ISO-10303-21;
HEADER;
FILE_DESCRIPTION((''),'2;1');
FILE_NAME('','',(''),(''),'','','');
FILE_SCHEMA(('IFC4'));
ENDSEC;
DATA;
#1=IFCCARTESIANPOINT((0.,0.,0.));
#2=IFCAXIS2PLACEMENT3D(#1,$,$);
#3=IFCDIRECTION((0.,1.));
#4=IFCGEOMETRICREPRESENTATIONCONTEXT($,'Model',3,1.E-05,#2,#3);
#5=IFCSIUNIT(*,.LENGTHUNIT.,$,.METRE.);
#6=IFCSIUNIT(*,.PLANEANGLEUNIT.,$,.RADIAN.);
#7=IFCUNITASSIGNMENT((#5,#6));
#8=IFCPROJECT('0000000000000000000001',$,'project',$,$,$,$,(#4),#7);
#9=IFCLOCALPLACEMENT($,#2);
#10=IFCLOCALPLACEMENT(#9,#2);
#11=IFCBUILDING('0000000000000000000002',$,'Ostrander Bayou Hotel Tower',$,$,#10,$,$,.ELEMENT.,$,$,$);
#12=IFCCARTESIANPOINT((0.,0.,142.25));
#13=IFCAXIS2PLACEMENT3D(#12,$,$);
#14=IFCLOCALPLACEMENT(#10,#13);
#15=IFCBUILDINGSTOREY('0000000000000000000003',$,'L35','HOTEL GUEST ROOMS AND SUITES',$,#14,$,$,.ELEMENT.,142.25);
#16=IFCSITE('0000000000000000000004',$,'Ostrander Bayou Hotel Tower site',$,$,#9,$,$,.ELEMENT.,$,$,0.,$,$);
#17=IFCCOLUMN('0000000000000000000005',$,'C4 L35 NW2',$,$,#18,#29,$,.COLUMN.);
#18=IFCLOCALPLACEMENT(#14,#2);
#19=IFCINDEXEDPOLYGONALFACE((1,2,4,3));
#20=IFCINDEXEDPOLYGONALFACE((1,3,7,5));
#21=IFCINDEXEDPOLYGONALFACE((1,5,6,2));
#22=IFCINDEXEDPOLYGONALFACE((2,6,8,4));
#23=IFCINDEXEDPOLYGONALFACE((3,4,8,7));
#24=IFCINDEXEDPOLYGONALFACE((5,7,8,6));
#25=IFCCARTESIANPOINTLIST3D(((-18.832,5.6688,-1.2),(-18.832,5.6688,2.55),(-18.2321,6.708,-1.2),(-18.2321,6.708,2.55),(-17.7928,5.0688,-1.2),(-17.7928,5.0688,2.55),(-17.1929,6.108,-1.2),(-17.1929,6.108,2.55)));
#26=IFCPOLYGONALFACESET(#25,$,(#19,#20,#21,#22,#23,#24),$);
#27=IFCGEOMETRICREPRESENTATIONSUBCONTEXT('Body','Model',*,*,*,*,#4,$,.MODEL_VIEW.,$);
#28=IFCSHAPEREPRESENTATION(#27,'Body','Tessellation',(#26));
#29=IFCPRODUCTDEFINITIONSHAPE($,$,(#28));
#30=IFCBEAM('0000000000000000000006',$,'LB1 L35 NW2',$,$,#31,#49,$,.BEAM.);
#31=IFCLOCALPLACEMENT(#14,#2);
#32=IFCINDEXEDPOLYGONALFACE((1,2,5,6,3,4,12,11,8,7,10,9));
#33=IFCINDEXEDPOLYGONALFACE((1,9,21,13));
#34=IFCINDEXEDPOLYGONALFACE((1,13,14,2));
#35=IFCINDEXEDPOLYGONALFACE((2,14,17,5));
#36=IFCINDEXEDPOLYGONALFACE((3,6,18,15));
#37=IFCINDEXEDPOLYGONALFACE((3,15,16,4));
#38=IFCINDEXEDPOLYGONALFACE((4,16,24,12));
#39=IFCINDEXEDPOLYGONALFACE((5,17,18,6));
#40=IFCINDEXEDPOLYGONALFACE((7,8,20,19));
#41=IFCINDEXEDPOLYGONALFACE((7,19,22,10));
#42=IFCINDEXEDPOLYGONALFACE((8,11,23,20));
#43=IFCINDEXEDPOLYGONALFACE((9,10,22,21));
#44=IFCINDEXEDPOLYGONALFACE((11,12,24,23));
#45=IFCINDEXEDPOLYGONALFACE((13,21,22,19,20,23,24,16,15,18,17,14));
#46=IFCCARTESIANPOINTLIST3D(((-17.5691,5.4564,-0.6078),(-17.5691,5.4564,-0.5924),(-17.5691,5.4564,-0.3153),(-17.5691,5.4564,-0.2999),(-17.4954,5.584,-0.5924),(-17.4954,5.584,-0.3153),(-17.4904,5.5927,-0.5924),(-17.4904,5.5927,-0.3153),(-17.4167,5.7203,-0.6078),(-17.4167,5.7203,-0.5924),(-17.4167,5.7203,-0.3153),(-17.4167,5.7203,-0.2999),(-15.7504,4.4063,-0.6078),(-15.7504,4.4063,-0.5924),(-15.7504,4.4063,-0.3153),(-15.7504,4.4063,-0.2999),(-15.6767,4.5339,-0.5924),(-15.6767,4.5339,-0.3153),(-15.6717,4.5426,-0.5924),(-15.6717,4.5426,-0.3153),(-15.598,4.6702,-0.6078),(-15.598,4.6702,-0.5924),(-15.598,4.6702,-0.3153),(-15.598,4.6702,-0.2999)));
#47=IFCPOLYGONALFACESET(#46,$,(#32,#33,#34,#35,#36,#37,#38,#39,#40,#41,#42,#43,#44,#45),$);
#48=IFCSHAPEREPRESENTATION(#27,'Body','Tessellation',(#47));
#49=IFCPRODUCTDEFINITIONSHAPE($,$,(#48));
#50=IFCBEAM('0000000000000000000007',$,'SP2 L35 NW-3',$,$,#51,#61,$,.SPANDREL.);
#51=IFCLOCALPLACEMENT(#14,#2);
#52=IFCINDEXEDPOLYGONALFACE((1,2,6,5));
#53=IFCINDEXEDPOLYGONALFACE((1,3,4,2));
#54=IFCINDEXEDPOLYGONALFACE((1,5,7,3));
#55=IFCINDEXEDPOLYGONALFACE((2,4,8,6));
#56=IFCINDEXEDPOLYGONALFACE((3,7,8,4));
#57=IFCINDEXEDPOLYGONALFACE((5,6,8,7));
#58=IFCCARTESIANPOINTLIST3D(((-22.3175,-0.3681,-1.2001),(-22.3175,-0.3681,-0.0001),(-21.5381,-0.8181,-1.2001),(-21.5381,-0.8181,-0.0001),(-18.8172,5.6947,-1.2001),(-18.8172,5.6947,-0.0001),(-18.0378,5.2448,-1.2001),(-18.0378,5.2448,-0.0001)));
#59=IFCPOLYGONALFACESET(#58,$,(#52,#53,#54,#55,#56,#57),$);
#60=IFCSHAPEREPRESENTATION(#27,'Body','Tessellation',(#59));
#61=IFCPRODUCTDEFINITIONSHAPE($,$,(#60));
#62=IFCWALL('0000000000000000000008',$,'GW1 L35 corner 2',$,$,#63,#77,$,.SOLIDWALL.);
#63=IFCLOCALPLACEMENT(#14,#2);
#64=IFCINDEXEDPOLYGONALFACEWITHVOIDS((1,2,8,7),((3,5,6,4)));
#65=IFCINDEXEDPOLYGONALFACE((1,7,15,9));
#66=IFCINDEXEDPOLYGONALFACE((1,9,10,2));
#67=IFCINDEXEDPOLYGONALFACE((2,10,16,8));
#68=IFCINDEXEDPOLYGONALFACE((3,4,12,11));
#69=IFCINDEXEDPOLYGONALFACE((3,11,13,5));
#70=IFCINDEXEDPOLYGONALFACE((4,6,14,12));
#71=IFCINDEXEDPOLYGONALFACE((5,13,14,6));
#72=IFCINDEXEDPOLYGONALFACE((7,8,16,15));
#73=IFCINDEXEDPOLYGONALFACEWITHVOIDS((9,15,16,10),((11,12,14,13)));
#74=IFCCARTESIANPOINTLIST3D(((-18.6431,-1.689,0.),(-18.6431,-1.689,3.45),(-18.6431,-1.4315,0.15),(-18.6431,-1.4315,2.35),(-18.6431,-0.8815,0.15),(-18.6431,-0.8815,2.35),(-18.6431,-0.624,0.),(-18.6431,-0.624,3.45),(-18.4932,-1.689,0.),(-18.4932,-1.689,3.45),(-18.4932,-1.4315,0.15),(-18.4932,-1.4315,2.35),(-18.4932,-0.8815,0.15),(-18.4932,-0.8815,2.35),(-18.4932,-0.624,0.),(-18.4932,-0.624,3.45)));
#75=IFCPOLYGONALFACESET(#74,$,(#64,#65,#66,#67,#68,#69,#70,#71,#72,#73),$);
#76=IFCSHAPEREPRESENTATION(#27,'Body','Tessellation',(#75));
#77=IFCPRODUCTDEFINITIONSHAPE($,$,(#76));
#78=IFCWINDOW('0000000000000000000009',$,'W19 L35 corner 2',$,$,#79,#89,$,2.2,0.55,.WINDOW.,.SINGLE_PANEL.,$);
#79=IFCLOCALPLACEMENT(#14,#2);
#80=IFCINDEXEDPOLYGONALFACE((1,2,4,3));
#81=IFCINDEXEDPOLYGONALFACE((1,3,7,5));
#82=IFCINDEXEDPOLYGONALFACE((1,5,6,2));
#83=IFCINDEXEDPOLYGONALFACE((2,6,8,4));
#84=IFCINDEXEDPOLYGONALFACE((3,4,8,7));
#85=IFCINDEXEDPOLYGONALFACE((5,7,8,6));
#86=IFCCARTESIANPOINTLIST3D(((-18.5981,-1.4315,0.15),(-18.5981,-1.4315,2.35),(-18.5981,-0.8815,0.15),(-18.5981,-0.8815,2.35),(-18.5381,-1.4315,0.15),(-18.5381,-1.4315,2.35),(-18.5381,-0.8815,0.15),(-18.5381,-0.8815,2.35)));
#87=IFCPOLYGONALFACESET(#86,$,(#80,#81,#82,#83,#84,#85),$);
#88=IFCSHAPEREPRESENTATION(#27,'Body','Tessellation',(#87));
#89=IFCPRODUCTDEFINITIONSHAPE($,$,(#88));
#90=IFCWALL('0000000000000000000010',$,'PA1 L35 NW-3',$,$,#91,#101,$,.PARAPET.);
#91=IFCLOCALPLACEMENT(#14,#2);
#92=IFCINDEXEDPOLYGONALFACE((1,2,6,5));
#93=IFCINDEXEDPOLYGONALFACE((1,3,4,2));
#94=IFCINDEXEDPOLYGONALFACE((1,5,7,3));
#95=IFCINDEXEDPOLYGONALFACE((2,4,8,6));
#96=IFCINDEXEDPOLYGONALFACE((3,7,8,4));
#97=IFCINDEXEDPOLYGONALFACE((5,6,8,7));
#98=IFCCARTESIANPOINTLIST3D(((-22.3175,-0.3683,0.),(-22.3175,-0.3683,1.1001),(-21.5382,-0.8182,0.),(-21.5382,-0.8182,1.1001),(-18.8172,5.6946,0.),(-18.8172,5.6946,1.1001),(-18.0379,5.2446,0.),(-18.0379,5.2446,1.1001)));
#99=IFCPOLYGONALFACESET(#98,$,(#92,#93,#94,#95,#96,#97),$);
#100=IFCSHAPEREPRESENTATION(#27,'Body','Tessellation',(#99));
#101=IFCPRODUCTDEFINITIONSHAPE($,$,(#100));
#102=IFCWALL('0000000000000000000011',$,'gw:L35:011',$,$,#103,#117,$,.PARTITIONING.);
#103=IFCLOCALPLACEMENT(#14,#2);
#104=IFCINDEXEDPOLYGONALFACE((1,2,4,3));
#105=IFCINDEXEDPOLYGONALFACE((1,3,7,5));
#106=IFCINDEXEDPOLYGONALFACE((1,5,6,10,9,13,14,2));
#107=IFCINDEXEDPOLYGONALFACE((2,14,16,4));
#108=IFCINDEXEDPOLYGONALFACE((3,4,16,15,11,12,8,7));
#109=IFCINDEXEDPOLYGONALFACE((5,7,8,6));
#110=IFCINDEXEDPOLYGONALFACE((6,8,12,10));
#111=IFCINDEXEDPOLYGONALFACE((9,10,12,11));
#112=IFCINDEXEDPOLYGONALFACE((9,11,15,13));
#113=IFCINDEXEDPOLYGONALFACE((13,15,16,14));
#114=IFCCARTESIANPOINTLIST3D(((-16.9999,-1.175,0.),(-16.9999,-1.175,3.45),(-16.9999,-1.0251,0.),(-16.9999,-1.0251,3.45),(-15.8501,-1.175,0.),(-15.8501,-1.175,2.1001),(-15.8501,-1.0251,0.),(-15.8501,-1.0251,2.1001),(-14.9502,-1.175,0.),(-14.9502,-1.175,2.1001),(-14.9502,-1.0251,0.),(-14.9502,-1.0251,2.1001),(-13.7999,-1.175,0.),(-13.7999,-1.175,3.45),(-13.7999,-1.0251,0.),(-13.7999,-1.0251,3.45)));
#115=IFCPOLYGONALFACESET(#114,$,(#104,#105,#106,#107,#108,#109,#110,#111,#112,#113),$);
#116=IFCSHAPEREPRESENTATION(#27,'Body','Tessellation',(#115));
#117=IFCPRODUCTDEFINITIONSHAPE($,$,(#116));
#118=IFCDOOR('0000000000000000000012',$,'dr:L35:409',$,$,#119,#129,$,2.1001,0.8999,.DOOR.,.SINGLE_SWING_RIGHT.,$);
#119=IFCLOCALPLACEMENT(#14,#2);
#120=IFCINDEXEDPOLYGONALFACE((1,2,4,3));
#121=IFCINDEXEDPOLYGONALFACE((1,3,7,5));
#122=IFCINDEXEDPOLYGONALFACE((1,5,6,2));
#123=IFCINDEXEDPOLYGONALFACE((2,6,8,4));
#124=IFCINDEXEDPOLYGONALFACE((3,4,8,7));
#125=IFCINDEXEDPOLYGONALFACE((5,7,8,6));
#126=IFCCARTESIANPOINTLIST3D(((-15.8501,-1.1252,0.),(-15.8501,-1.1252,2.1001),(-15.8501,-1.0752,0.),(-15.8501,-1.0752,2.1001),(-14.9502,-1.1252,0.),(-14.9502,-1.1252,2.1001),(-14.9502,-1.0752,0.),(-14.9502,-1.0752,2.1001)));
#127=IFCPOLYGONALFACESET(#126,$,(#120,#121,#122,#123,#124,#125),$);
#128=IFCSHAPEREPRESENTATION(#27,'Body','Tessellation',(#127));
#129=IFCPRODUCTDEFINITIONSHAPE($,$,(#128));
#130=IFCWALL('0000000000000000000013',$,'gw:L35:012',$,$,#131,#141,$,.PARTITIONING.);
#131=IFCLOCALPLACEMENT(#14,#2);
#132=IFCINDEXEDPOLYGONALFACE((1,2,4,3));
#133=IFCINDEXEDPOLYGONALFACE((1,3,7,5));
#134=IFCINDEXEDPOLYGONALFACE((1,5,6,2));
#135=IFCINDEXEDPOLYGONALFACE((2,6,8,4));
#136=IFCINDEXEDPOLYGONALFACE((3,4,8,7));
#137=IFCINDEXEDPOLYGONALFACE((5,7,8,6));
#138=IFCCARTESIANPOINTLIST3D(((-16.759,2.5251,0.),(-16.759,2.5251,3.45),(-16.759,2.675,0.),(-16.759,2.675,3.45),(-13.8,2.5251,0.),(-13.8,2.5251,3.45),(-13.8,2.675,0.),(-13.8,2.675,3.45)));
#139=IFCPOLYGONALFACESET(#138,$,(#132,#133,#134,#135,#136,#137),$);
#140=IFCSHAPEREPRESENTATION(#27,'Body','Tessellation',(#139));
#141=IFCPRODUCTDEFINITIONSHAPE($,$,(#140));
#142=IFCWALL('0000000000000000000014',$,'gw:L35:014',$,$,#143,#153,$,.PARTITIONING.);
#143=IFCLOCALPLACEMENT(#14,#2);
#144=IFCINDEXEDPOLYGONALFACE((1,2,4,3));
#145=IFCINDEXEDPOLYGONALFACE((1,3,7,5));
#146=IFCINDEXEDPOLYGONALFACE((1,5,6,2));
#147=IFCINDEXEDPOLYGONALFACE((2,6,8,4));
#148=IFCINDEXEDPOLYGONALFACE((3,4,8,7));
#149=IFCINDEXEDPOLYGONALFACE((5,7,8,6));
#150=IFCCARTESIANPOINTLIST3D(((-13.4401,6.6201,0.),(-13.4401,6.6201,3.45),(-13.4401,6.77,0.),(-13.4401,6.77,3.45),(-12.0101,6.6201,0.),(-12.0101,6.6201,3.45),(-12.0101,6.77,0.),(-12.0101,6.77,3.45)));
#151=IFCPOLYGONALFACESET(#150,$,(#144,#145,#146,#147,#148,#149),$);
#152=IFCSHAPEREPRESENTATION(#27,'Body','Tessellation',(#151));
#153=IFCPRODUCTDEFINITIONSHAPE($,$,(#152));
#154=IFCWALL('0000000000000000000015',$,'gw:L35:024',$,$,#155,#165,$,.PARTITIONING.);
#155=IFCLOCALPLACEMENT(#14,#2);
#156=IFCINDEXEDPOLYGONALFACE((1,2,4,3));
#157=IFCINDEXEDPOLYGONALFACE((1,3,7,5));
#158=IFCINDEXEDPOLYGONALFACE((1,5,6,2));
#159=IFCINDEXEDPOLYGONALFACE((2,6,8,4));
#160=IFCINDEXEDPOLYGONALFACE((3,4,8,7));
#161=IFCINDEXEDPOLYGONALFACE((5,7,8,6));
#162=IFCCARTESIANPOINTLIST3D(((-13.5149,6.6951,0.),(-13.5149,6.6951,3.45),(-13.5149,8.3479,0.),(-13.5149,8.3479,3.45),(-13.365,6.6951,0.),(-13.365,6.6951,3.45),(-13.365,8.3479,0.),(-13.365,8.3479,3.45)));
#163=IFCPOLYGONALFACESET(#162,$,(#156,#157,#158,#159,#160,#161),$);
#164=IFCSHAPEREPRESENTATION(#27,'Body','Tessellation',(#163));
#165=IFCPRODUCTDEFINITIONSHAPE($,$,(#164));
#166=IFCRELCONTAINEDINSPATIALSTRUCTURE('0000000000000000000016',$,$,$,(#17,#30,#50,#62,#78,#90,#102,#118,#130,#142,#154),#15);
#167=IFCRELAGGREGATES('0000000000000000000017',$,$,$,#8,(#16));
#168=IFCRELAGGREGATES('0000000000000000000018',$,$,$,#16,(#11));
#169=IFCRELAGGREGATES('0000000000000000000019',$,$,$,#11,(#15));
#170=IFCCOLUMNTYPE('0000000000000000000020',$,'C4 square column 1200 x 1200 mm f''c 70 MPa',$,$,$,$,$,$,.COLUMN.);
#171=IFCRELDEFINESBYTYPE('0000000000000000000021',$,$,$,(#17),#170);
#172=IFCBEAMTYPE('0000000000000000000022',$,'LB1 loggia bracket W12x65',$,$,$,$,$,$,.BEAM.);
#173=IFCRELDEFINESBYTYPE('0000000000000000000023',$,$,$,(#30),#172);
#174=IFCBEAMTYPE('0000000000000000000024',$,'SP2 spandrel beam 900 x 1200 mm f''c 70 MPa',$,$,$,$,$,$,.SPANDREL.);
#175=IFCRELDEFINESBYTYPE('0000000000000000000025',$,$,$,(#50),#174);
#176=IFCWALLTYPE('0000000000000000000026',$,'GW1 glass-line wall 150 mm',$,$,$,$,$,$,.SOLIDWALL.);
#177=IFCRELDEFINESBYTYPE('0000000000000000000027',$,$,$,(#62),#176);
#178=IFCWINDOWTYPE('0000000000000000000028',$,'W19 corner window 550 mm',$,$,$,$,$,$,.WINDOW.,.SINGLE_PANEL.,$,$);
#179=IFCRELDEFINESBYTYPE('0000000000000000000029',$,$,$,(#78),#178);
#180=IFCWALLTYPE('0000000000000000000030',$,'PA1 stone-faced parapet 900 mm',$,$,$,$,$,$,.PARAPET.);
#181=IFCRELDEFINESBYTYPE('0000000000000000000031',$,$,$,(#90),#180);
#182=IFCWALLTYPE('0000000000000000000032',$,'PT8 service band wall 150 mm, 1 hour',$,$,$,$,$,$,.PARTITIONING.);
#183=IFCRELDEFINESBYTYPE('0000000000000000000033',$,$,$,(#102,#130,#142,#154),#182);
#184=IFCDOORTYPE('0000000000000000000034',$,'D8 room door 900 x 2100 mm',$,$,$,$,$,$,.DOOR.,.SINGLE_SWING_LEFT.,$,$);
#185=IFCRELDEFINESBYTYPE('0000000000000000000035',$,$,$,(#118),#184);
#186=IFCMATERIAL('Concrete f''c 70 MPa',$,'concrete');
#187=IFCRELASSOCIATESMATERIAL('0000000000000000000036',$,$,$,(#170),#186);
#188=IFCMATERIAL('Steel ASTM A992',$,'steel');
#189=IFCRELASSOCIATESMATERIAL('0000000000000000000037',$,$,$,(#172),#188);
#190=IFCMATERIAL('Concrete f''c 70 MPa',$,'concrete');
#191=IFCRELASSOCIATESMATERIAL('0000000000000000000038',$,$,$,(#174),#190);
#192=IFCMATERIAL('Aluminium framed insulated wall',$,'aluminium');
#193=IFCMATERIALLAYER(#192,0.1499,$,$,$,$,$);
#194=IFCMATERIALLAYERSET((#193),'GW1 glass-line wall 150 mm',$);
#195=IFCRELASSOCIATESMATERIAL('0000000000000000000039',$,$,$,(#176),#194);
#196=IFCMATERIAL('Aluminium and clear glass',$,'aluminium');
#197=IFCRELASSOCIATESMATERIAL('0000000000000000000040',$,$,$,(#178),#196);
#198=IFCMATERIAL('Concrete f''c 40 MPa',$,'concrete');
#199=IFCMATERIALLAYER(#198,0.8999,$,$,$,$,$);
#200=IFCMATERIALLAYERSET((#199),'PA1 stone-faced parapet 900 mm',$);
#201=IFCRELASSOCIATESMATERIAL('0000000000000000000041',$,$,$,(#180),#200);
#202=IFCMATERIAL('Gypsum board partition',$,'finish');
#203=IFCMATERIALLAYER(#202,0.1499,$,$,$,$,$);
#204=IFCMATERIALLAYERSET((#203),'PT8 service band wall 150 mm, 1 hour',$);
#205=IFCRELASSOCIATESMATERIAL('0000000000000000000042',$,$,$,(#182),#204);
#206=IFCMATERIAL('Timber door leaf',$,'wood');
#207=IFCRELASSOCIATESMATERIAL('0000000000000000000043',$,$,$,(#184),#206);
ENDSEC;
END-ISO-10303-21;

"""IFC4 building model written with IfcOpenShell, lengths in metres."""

from ifc_helpers import new_model, si_unit, direction, frame, frame_2d, origin, origin_2d, place, context, subcontext, project, spatial, rectangle, i_section, extrude, material, layer, layer_set, material_profile, profile_set, type_object, element, fill, save


model = new_model("IFC4")

# Units and contexts
model_context = context("Model", 3, precision=1e-05, world=origin(), true_north=direction((0.0, 1.0)))
body_context = subcontext(model_context, "Body", "Model", "MODEL_VIEW")
ifc_project = project(units=[si_unit("LENGTHUNIT", "METRE"), si_unit("PLANEANGLEUNIT", "RADIAN")], contexts=[model_context])

# Site, building, storey
site_placement = place(None, origin())
site = spatial("IfcSite", under=ifc_project, at=site_placement, Name="Ostrander Bayou Hotel Tower site", CompositionType="ELEMENT", RefElevation=0.0)
building_placement = place(site_placement, origin())
building = spatial("IfcBuilding", under=site, at=building_placement, Name="Ostrander Bayou Hotel Tower", CompositionType="ELEMENT")
storey_placement = place(building_placement, frame((0.0, 0.0, 142.25)))
storey = spatial("IfcBuildingStorey", under=building, at=storey_placement, Name="L35", Description="HOTEL GUEST ROOMS AND SUITES", CompositionType="ELEMENT", Elevation=142.25)

# Column
ifc_material_1 = material(Name="Concrete f'c 70 MPa", Category="concrete")
ifc_material_profile_1 = material_profile(ifc_material_1, rectangle(XDim=1.2, YDim=1.2, at=origin_2d()))
ifc_profile_set_1 = profile_set([ifc_material_profile_1], Name="Concrete f'c 70 MPa")
column_type = type_object("IfcColumnType", Name="C4 square column 1200 x 1200 mm f'c 70 MPa", PredefinedType="COLUMN", material=ifc_profile_set_1)
column_placement = place(storey_placement, frame((-18.0125, 5.8884, -1.2), z_axis=(0.0, 0.0, 1.0), x_axis=(0.5, 0.866025, 0.0)))
element("IfcColumn", 1, at=column_placement, inside=storey, type_object=column_type, Name="C4 L35 NW2", PredefinedType="COLUMN", context=body_context, shape_type="SweptSolid", body=[
    extrude(rectangle(XDim=1.2, YDim=1.2, at=origin_2d()), origin(), (0.0, 0.0, 1.0), 3.75),
])

# Beams
ifc_material_2 = material(Name="Steel ASTM A992", Category="steel")
ifc_material_profile_2 = material_profile(ifc_material_2, i_section(OverallWidth=0.3047, OverallDepth=0.3079, WebThickness=0.01, FlangeThickness=0.0154, at=origin_2d()))
ifc_profile_set_2 = profile_set([ifc_material_profile_2], Name="Steel ASTM A992")
beam_type_1 = type_object("IfcBeamType", Name="LB1 loggia bracket W12x65", PredefinedType="BEAM", material=ifc_profile_set_2)
beam_1_placement = place(storey_placement, frame((-17.4929, 5.5884, -0.4539), z_axis=(0.866009, -0.500028, 0.0), x_axis=(0.500028, 0.866009, 0.0)))
element("IfcBeam", 2, at=beam_1_placement, inside=storey, type_object=beam_type_1, Name="LB1 L35 NW2", PredefinedType="BEAM", context=body_context, shape_type="SweptSolid", body=[
    extrude(i_section(OverallWidth=0.3047, OverallDepth=0.3079, WebThickness=0.01, FlangeThickness=0.0154, at=origin_2d()), origin(), (0.0, 0.0, 1.0), 2.1001),
])
ifc_material_3 = material(Name="Concrete f'c 70 MPa", Category="concrete")
ifc_material_profile_3 = material_profile(ifc_material_3, rectangle(XDim=0.8999, YDim=1.2, at=origin_2d()))
ifc_profile_set_3 = profile_set([ifc_material_profile_3], Name="Concrete f'c 70 MPa")
beam_type_2 = type_object("IfcBeamType", Name="SP2 spandrel beam 900 x 1200 mm f'c 70 MPa", PredefinedType="SPANDREL", material=ifc_profile_set_3)
beam_2_placement = place(storey_placement, frame((-18.4275, 5.4697, -0.6001), z_axis=(-0.499991, -0.866031, 0.0), x_axis=(0.866031, -0.499991, 0.0)))
element("IfcBeam", 3, at=beam_2_placement, inside=storey, type_object=beam_type_2, Name="SP2 L35 NW-3", PredefinedType="SPANDREL", context=body_context, shape_type="SweptSolid", body=[
    extrude(rectangle(XDim=0.8999, YDim=1.2, at=origin_2d()), origin(), (0.0, 0.0, 1.0), 7.0007),
])

# Wall, opening, window
ifc_material_4 = material(Name="Aluminium framed insulated wall", Category="aluminium")
ifc_layer_1 = layer(ifc_material_4, 0.1499)
ifc_layer_set_1 = layer_set([ifc_layer_1], Name="GW1 glass-line wall 150 mm")
wall_type_1 = type_object("IfcWallType", Name="GW1 glass-line wall 150 mm", PredefinedType="SOLIDWALL", material=ifc_layer_set_1)
wall_1_placement = place(storey_placement, frame((-18.5681, -0.624, 0.0), z_axis=(0.0, 0.0, 1.0), x_axis=(0.0, -1.0, 0.0)))
wall_1 = element("IfcWall", 4, at=wall_1_placement, inside=storey, type_object=wall_type_1, Name="GW1 L35 corner 2", PredefinedType="SOLIDWALL", context=body_context, shape_type="SweptSolid", body=[
    extrude(rectangle(XDim=1.0649, YDim=0.1499, at=frame_2d((0.5325, 0.0))), origin(), (0.0, 0.0, 1.0), 3.45),
])
opening_1_placement = place(wall_1_placement, frame((0.2576, 0.0, 0.1499)))
opening_1 = element("IfcOpeningElement", 5, at=opening_1_placement, cuts=wall_1, PredefinedType="OPENING", context=body_context, shape_type="SweptSolid", body=[
    extrude(rectangle(XDim=0.55, YDim=2.2, at=frame_2d((0.2749, 1.1001))), frame((0.0, 0.075, 0.0), z_axis=(0.0, -1.0, 0.0), x_axis=(1.0, 0.0, 0.0)), (0.0, 0.0, 1.0), 0.1499),
])
ifc_material_5 = material(Name="Aluminium and clear glass", Category="aluminium")
window_type = type_object("IfcWindowType", Name="W19 corner window 550 mm", PartitioningType="SINGLE_PANEL", PredefinedType="WINDOW", material=ifc_material_5)
window_placement = place(opening_1_placement, origin())
window = element("IfcWindow", 6, at=window_placement, inside=storey, type_object=window_type, Name="W19 L35 corner 2", OverallHeight=2.2, OverallWidth=0.55, PartitioningType="SINGLE_PANEL", PredefinedType="WINDOW", context=body_context, shape_type="SweptSolid", body=[
    extrude(rectangle(XDim=0.55, YDim=2.2, at=frame_2d((0.2749, 1.1001))), frame((0.0, 0.03, 0.0), z_axis=(0.0, -1.0, 0.0), x_axis=(1.0, 0.0, 0.0)), (0.0, 0.0, 1.0), 0.0601),
])
fill(opening_1, window)

# Wall
ifc_material_6 = material(Name="Concrete f'c 40 MPa", Category="concrete")
ifc_layer_2 = layer(ifc_material_6, 0.8999)
ifc_layer_set_2 = layer_set([ifc_layer_2], Name="PA1 stone-faced parapet 900 mm")
wall_type_2 = type_object("IfcWallType", Name="PA1 stone-faced parapet 900 mm", PredefinedType="PARAPET", material=ifc_layer_set_2)
wall_2_placement = place(storey_placement, frame((-18.4275, 5.4697, 0.0), z_axis=(0.0, 0.0, 1.0), x_axis=(-0.499991, -0.866031, 0.0)))
element("IfcWall", 7, at=wall_2_placement, inside=storey, type_object=wall_type_2, Name="PA1 L35 NW-3", PredefinedType="PARAPET", context=body_context, shape_type="SweptSolid", body=[
    extrude(rectangle(XDim=7.0007, YDim=0.8999, at=frame_2d((3.5005, 0.0))), origin(), (0.0, 0.0, 1.0), 1.1001),
])

# Wall, opening, door
ifc_material_7 = material(Name="Gypsum board partition", Category="finish")
ifc_layer_3 = layer(ifc_material_7, 0.1499)
ifc_layer_set_3 = layer_set([ifc_layer_3], Name="PT8 service band wall 150 mm, 1 hour")
wall_type_3 = type_object("IfcWallType", Name="PT8 service band wall 150 mm, 1 hour", PredefinedType="PARTITIONING", material=ifc_layer_set_3)
wall_3_placement = place(storey_placement, frame((-17.0, -1.1001, 0.0), z_axis=(0.0, 0.0, 1.0), x_axis=(1.0, 0.0, 0.0)))
wall_3 = element("IfcWall", 8, at=wall_3_placement, inside=storey, type_object=wall_type_3, Name="gw:L35:011", PredefinedType="PARTITIONING", context=body_context, shape_type="SweptSolid", body=[
    extrude(rectangle(XDim=3.2, YDim=0.1499, at=frame_2d((1.6001, 0.0))), origin(), (0.0, 0.0, 1.0), 3.45),
])
opening_2_placement = place(wall_3_placement, frame((1.1499, 0.0, 0.0)))
opening_2 = element("IfcOpeningElement", 9, at=opening_2_placement, cuts=wall_3, PredefinedType="OPENING", context=body_context, shape_type="SweptSolid", body=[
    extrude(rectangle(XDim=0.8999, YDim=2.1001, at=frame_2d((0.45, 1.05))), frame((0.0, 0.075, 0.0), z_axis=(0.0, -1.0, 0.0), x_axis=(1.0, 0.0, 0.0)), (0.0, 0.0, 1.0), 0.1499),
])
ifc_material_8 = material(Name="Timber door leaf", Category="wood")
door_type = type_object("IfcDoorType", Name="D8 room door 900 x 2100 mm", OperationType="SINGLE_SWING_LEFT", PredefinedType="DOOR", material=ifc_material_8)
door_placement = place(opening_2_placement, origin())
door = element("IfcDoor", 10, at=door_placement, inside=storey, type_object=door_type, Name="dr:L35:409", OperationType="SINGLE_SWING_RIGHT", OverallHeight=2.1001, OverallWidth=0.8999, PredefinedType="DOOR", context=body_context, shape_type="SweptSolid", body=[
    extrude(rectangle(XDim=0.8999, YDim=2.1001, at=frame_2d((0.45, 1.05))), frame((0.0, 0.0249, 0.0), z_axis=(0.0, -1.0, 0.0), x_axis=(1.0, 0.0, 0.0)), (0.0, 0.0, 1.0), 0.05),
])
fill(opening_2, door)

# Walls
wall_4_placement = place(storey_placement, frame((-16.759, 2.6001, 0.0), z_axis=(0.0, 0.0, 1.0), x_axis=(1.0, 0.0, 0.0)))
element("IfcWall", 11, at=wall_4_placement, inside=storey, type_object=wall_type_3, Name="gw:L35:012", PredefinedType="PARTITIONING", context=body_context, shape_type="SweptSolid", body=[
    extrude(rectangle(XDim=2.959, YDim=0.1499, at=frame_2d((1.4795, 0.0))), origin(), (0.0, 0.0, 1.0), 3.45),
])
wall_5_placement = place(storey_placement, frame((-13.4399, 6.6951, 0.0), z_axis=(0.0, 0.0, 1.0), x_axis=(1.0, 0.0, 0.0)))
element("IfcWall", 12, at=wall_5_placement, inside=storey, type_object=wall_type_3, Name="gw:L35:014", PredefinedType="PARTITIONING", context=body_context, shape_type="SweptSolid", body=[
    extrude(rectangle(XDim=1.4299, YDim=0.1499, at=frame_2d((0.7148, 0.0))), origin(), (0.0, 0.0, 1.0), 3.45),
])
wall_6_placement = place(storey_placement, frame((-13.4399, 6.6951, 0.0), z_axis=(0.0, 0.0, 1.0), x_axis=(0.0, 1.0, 0.0)))
element("IfcWall", 13, at=wall_6_placement, inside=storey, type_object=wall_type_3, Name="gw:L35:024", PredefinedType="PARTITIONING", context=body_context, shape_type="SweptSolid", body=[
    extrude(rectangle(XDim=1.6528, YDim=0.1499, at=frame_2d((0.8264, 0.0))), origin(), (0.0, 0.0, 1.0), 3.45),
])

save(model, "model.ifc")
